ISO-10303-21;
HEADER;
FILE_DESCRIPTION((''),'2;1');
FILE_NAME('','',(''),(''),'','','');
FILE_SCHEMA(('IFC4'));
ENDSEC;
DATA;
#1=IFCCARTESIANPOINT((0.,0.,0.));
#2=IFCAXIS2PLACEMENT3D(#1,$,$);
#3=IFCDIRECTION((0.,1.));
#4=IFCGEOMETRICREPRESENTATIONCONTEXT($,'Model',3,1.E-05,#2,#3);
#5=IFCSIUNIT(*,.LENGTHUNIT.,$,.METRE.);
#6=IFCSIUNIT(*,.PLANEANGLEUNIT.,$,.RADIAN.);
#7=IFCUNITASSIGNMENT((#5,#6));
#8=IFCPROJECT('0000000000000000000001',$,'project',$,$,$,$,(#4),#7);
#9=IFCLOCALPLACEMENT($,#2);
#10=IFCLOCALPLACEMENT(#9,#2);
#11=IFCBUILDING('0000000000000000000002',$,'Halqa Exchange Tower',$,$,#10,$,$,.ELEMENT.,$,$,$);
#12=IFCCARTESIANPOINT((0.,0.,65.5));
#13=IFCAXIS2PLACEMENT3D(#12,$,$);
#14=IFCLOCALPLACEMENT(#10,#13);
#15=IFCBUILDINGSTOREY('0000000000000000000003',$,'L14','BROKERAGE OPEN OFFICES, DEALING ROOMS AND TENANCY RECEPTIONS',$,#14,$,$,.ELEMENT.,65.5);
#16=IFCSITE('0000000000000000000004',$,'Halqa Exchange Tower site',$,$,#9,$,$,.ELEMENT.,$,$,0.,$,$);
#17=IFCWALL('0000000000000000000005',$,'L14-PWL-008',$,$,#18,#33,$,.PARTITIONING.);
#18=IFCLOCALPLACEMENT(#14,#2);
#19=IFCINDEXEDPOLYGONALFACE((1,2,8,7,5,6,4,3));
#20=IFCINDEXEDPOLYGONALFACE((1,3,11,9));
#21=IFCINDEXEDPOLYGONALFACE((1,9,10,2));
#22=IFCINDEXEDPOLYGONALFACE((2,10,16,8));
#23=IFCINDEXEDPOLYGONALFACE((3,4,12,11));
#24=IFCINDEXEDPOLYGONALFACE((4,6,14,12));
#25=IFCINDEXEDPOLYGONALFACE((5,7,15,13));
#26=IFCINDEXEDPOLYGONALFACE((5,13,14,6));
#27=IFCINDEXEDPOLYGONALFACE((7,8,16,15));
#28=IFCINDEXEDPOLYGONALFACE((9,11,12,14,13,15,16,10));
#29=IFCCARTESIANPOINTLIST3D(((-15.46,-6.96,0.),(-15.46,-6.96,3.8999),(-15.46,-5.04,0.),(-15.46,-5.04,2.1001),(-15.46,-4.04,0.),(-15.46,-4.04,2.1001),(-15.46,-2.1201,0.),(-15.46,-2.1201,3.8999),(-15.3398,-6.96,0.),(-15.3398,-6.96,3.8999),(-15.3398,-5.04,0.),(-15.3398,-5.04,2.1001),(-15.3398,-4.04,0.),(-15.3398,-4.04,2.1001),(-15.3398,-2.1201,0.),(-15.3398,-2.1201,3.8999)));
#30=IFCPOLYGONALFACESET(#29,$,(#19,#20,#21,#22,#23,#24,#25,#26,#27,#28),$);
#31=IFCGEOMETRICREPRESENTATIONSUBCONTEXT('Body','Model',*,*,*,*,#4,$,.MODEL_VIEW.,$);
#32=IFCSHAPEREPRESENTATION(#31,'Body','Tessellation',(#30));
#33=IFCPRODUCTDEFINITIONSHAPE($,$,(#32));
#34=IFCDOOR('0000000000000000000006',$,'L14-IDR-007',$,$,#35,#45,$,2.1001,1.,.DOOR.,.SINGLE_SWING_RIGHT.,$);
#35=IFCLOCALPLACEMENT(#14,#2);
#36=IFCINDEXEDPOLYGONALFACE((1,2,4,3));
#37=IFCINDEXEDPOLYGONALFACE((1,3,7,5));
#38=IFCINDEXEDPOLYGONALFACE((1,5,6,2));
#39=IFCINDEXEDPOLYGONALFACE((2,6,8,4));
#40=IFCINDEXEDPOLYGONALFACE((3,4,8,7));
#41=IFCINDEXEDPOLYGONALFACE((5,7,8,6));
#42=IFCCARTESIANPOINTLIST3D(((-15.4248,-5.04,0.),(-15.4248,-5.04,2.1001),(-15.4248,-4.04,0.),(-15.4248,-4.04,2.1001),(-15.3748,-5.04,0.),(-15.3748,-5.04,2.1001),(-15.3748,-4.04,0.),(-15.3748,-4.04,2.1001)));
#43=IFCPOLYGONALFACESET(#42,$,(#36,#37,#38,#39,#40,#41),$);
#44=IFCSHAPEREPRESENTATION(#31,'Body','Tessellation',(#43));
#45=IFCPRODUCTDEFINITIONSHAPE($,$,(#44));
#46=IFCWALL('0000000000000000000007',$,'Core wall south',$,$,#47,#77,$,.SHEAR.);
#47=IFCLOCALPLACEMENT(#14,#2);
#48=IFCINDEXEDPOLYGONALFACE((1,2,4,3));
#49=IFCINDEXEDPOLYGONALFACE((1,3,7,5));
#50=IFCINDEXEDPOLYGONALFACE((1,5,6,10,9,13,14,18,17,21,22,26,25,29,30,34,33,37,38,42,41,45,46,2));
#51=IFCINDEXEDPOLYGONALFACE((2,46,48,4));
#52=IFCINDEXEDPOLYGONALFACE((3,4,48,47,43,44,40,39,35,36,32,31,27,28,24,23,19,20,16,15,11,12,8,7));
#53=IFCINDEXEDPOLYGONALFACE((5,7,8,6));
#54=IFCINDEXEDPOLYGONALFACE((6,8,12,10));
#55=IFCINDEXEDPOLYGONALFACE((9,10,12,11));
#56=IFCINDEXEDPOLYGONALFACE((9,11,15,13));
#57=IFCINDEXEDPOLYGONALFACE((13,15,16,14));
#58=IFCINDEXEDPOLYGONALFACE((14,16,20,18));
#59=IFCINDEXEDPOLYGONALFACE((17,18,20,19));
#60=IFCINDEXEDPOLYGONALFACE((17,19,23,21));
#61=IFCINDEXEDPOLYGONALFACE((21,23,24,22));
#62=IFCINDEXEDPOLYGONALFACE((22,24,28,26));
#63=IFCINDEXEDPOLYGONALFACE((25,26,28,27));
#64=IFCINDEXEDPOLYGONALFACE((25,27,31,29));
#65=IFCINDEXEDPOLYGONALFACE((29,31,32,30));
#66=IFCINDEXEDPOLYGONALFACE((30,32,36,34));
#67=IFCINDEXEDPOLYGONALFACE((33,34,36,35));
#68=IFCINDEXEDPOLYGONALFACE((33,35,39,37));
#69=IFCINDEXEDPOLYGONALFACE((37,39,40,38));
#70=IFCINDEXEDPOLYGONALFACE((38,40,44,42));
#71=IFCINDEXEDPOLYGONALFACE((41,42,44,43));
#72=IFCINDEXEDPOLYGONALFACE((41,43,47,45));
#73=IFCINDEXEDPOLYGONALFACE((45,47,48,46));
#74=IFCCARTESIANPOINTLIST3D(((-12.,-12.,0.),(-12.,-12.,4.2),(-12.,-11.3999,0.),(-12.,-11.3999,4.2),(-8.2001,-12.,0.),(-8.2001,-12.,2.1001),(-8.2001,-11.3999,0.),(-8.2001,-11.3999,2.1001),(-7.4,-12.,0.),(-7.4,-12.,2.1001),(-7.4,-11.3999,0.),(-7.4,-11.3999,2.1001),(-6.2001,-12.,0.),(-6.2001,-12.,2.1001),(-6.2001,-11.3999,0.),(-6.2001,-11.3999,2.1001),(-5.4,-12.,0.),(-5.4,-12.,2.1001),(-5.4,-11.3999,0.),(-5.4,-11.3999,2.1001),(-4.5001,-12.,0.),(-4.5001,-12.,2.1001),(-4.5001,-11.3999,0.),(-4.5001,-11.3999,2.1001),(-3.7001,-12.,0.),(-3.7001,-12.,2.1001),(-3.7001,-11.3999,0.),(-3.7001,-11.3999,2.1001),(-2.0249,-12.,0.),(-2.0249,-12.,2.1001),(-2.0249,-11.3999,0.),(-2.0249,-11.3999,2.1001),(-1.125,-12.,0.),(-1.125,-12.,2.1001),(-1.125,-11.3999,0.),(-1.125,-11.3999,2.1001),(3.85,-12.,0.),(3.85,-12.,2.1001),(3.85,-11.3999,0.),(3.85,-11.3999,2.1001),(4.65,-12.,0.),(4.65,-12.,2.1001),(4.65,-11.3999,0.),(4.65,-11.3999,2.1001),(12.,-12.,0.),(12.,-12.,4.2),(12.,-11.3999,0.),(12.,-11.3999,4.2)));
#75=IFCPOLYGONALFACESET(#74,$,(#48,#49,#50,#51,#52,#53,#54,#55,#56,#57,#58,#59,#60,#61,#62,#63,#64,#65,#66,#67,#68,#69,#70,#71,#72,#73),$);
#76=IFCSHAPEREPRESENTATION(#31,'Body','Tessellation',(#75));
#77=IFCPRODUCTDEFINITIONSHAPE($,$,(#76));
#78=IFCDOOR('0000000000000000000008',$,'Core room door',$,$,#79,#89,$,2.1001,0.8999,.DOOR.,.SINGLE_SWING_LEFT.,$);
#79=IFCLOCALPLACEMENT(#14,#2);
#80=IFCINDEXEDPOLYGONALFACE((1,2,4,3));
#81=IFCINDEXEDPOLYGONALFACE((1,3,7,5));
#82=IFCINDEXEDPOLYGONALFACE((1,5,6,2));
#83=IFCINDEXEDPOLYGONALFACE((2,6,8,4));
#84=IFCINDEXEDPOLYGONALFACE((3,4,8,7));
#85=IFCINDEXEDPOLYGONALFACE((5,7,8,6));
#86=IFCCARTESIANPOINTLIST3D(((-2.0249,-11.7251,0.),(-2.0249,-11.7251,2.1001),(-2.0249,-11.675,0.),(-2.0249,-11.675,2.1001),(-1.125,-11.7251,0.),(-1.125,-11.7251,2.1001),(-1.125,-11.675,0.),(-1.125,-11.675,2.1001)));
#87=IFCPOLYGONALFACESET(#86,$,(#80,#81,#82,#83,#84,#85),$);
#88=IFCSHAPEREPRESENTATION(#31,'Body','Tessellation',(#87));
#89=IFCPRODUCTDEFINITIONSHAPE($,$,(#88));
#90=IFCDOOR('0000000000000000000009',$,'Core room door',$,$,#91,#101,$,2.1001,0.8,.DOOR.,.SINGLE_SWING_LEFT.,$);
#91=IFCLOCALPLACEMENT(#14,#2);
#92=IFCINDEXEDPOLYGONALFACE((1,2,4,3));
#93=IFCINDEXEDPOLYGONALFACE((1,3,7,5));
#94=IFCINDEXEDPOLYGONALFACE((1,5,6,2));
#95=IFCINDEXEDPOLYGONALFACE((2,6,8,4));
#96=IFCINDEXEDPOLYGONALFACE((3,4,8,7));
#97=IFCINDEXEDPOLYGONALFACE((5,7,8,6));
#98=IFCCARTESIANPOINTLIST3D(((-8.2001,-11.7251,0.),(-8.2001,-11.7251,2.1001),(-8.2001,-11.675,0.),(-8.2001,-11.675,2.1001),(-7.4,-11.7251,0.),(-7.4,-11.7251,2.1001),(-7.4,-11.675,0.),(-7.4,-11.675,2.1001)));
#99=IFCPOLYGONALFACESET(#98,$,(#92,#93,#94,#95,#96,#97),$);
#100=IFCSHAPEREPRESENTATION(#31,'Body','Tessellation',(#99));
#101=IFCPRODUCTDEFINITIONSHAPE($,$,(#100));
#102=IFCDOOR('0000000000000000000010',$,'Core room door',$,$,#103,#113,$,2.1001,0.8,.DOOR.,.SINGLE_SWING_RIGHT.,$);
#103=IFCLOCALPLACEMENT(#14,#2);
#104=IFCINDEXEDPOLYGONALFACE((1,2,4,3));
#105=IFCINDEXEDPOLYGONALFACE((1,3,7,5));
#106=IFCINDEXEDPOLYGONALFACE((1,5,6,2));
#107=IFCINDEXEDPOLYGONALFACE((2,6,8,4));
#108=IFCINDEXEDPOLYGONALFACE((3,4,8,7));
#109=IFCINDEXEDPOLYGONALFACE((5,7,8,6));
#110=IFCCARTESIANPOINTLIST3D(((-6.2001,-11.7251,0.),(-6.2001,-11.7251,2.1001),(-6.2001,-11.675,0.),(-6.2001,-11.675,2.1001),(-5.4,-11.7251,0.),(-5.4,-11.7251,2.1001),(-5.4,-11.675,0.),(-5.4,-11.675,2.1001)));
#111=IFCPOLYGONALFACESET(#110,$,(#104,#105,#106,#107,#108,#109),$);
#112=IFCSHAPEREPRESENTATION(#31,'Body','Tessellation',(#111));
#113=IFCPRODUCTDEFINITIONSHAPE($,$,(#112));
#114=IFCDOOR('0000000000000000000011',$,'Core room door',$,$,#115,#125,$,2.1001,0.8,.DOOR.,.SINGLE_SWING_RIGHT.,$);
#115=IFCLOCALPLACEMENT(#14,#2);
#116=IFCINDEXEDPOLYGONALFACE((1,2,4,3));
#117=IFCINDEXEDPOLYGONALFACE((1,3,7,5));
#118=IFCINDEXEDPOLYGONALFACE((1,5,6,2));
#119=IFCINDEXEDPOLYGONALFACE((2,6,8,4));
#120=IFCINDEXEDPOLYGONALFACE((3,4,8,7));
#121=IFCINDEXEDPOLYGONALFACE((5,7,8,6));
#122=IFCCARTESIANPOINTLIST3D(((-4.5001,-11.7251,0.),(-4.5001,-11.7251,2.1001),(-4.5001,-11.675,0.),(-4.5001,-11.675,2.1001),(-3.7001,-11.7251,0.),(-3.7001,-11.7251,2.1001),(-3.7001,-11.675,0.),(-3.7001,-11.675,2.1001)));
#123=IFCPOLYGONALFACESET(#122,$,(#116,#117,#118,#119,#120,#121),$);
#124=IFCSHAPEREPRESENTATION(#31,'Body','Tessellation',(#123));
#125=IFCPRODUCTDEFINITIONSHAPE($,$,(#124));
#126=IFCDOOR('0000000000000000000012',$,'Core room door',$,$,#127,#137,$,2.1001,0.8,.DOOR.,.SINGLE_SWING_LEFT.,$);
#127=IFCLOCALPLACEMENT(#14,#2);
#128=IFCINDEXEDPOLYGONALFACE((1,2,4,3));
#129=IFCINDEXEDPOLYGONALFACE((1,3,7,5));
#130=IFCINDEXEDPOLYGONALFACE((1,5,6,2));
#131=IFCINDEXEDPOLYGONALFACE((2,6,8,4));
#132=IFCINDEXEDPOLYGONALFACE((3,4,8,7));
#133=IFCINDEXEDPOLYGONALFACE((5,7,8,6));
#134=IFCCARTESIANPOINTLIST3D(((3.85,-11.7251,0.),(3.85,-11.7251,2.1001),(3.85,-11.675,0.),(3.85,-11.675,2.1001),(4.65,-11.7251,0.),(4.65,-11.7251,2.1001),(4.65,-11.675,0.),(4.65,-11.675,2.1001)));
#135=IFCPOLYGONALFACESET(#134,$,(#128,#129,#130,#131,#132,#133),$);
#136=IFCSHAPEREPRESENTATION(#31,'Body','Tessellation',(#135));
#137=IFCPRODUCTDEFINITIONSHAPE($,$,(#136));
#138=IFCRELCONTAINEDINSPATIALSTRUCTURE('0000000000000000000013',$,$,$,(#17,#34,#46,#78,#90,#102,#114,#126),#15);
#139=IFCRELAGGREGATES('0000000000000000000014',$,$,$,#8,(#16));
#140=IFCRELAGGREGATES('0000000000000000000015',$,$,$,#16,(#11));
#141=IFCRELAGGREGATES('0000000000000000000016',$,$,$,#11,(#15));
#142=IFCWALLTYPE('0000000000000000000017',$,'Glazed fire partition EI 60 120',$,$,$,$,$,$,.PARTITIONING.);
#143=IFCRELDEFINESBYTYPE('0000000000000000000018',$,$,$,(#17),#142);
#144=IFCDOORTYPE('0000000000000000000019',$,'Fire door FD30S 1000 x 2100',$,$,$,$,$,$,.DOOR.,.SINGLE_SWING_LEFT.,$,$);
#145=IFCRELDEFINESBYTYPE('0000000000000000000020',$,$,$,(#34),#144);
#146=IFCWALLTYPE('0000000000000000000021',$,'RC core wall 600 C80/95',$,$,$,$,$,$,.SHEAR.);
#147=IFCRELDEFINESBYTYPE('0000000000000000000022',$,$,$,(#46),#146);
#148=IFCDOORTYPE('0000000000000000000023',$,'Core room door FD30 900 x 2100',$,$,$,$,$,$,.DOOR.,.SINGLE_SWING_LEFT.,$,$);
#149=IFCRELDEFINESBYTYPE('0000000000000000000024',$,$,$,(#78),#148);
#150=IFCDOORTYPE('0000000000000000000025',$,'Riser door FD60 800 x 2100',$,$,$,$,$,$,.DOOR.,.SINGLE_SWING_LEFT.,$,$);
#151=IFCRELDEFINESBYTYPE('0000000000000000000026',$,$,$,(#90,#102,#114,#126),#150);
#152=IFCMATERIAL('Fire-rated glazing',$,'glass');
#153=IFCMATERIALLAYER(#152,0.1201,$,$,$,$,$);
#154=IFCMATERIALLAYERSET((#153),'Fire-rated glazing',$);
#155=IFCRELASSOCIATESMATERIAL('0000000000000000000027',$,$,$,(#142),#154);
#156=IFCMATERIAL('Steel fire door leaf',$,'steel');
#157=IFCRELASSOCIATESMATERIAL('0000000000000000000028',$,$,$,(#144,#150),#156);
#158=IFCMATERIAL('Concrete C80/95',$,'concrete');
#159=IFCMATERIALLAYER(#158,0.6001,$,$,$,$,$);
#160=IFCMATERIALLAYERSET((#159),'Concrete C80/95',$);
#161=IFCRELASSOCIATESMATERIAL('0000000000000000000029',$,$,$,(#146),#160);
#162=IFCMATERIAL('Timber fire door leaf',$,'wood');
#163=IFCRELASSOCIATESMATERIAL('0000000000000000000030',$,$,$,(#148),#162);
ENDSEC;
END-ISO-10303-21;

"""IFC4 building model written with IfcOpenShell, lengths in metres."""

from ifc_helpers import new_model, si_unit, direction, frame, frame_2d, origin, place, context, subcontext, project, spatial, rectangle, extrude, material, layer, layer_set, type_object, element, fill, save


model = new_model("IFC4")

# Units and contexts
model_context = context("Model", 3, precision=1e-05, world=origin(), true_north=direction((0.0, 1.0)))
body_context = subcontext(model_context, "Body", "Model", "MODEL_VIEW")
ifc_project = project(units=[si_unit("LENGTHUNIT", "METRE"), si_unit("PLANEANGLEUNIT", "RADIAN")], contexts=[model_context])

# Site, building, storey
site_placement = place(None, origin())
site = spatial("IfcSite", under=ifc_project, at=site_placement, Name="Halqa Exchange Tower site", CompositionType="ELEMENT", RefElevation=0.0)
building_placement = place(site_placement, origin())
building = spatial("IfcBuilding", under=site, at=building_placement, Name="Halqa Exchange Tower", CompositionType="ELEMENT")
storey_placement = place(building_placement, frame((0.0, 0.0, 65.5)))
storey = spatial("IfcBuildingStorey", under=building, at=storey_placement, Name="L14", Description="BROKERAGE OPEN OFFICES, DEALING ROOMS AND TENANCY RECEPTIONS", CompositionType="ELEMENT", Elevation=65.5)

# Shared definitions
ifc_material_1 = material(Name="Concrete C80/95", Category="concrete")

# Wall, opening, door
ifc_material_2 = material(Name="Fire-rated glazing", Category="glass")
ifc_layer_1 = layer(ifc_material_2, 0.1201)
ifc_layer_set_1 = layer_set([ifc_layer_1], Name="Fire-rated glazing")
wall_type_1 = type_object("IfcWallType", Name="Glazed fire partition EI 60 120", PredefinedType="PARTITIONING", material=ifc_layer_set_1)
wall_1_placement = place(storey_placement, frame((-15.3999, -6.96, 0.0), z_axis=(0.0, 0.0, 1.0), x_axis=(0.0, 1.0, 0.0)))
wall_1 = element("IfcWall", 1, at=wall_1_placement, inside=storey, type_object=wall_type_1, Name="L14-PWL-008", PredefinedType="PARTITIONING", context=body_context, shape_type="SweptSolid", body=[
    extrude(rectangle(XDim=4.8398, YDim=0.1201, at=frame_2d((2.4199, 0.0))), origin(), (0.0, 0.0, 1.0), 3.8999),
])
opening_1_placement = place(wall_1_placement, frame((1.9199, 0.0, 0.0)))
opening_1 = element("IfcOpeningElement", 2, at=opening_1_placement, cuts=wall_1, PredefinedType="OPENING", context=body_context, shape_type="SweptSolid", body=[
    extrude(rectangle(XDim=1.0, YDim=2.1001, at=frame_2d((0.5, 1.05))), frame((0.0, 0.072, 0.0), z_axis=(0.0, -1.0, 0.0), x_axis=(1.0, 0.0, 0.0)), (0.0, 0.0, 1.0), 0.144),
])
ifc_material_3 = material(Name="Steel fire door leaf", Category="steel")
door_type_1 = type_object("IfcDoorType", Name="Fire door FD30S 1000 x 2100", OperationType="SINGLE_SWING_LEFT", PredefinedType="DOOR", material=ifc_material_3)
door_1_placement = place(opening_1_placement, origin())
door_1 = element("IfcDoor", 3, at=door_1_placement, inside=storey, type_object=door_type_1, Name="L14-IDR-007", OperationType="SINGLE_SWING_RIGHT", OverallHeight=2.1001, OverallWidth=1.0, PredefinedType="DOOR", context=body_context, shape_type="SweptSolid", body=[
    extrude(rectangle(XDim=1.0, YDim=2.1001, at=frame_2d((0.5, 1.05))), frame((0.0, 0.0249, 0.0), z_axis=(0.0, -1.0, 0.0), x_axis=(1.0, 0.0, 0.0)), (0.0, 0.0, 1.0), 0.05),
])
fill(opening_1, door_1)

# Wall, openings, doors
ifc_layer_2 = layer(ifc_material_1, 0.6001)
ifc_layer_set_2 = layer_set([ifc_layer_2], Name="Concrete C80/95")
wall_type_2 = type_object("IfcWallType", Name="RC core wall 600 C80/95", PredefinedType="SHEAR", material=ifc_layer_set_2)
wall_2_placement = place(storey_placement, frame((-12.0, -11.7, 0.0), z_axis=(0.0, 0.0, 1.0), x_axis=(1.0, 0.0, 0.0)))
wall_2 = element("IfcWall", 4, at=wall_2_placement, inside=storey, type_object=wall_type_2, Name="Core wall south", PredefinedType="SHEAR", context=body_context, shape_type="SweptSolid", body=[
    extrude(rectangle(XDim=24.0, YDim=0.6001, at=frame_2d((12.0, 0.0))), origin(), (0.0, 0.0, 1.0), 4.2),
])
opening_2_placement = place(wall_2_placement, frame((9.9751, 0.0, 0.0)))
opening_2 = element("IfcOpeningElement", 5, at=opening_2_placement, cuts=wall_2, PredefinedType="OPENING", context=body_context, shape_type="SweptSolid", body=[
    extrude(rectangle(XDim=0.8999, YDim=2.1001, at=frame_2d((0.45, 1.05))), frame((0.0, 0.312, 0.0), z_axis=(0.0, -1.0, 0.0), x_axis=(1.0, 0.0, 0.0)), (0.0, 0.0, 1.0), 0.624),
])
opening_3_placement = place(wall_2_placement, frame((3.8, 0.0, 0.0)))
opening_3 = element("IfcOpeningElement", 6, at=opening_3_placement, cuts=wall_2, PredefinedType="OPENING", context=body_context, shape_type="SweptSolid", body=[
    extrude(rectangle(XDim=0.8, YDim=2.1001, at=frame_2d((0.3999, 1.05))), frame((0.0, 0.312, 0.0), z_axis=(0.0, -1.0, 0.0), x_axis=(1.0, 0.0, 0.0)), (0.0, 0.0, 1.0), 0.624),
])
opening_4_placement = place(wall_2_placement, frame((5.8, 0.0, 0.0)))
opening_4 = element("IfcOpeningElement", 7, at=opening_4_placement, cuts=wall_2, PredefinedType="OPENING", context=body_context, shape_type="SweptSolid", body=[
    extrude(rectangle(XDim=0.8, YDim=2.1001, at=frame_2d((0.3999, 1.05))), frame((0.0, 0.312, 0.0), z_axis=(0.0, -1.0, 0.0), x_axis=(1.0, 0.0, 0.0)), (0.0, 0.0, 1.0), 0.624),
])
opening_5_placement = place(wall_2_placement, frame((7.5, 0.0, 0.0)))
opening_5 = element("IfcOpeningElement", 8, at=opening_5_placement, cuts=wall_2, PredefinedType="OPENING", context=body_context, shape_type="SweptSolid", body=[
    extrude(rectangle(XDim=0.8, YDim=2.1001, at=frame_2d((0.3999, 1.05))), frame((0.0, 0.312, 0.0), z_axis=(0.0, -1.0, 0.0), x_axis=(1.0, 0.0, 0.0)), (0.0, 0.0, 1.0), 0.624),
])
opening_6_placement = place(wall_2_placement, frame((15.8501, 0.0, 0.0)))
opening_6 = element("IfcOpeningElement", 9, at=opening_6_placement, cuts=wall_2, PredefinedType="OPENING", context=body_context, shape_type="SweptSolid", body=[
    extrude(rectangle(XDim=0.8, YDim=2.1001, at=frame_2d((0.3999, 1.05))), frame((0.0, 0.312, 0.0), z_axis=(0.0, -1.0, 0.0), x_axis=(1.0, 0.0, 0.0)), (0.0, 0.0, 1.0), 0.624),
])
ifc_material_4 = material(Name="Timber fire door leaf", Category="wood")
door_type_2 = type_object("IfcDoorType", Name="Core room door FD30 900 x 2100", OperationType="SINGLE_SWING_LEFT", PredefinedType="DOOR", material=ifc_material_4)
door_2_placement = place(opening_2_placement, origin())
door_2 = element("IfcDoor", 10, at=door_2_placement, inside=storey, type_object=door_type_2, Name="Core room door", OperationType="SINGLE_SWING_LEFT", OverallHeight=2.1001, OverallWidth=0.8999, PredefinedType="DOOR", context=body_context, shape_type="SweptSolid", body=[
    extrude(rectangle(XDim=0.8999, YDim=2.1001, at=frame_2d((0.45, 1.05))), frame((0.0, 0.0249, 0.0), z_axis=(0.0, -1.0, 0.0), x_axis=(1.0, 0.0, 0.0)), (0.0, 0.0, 1.0), 0.05),
])
fill(opening_2, door_2)
door_type_3 = type_object("IfcDoorType", Name="Riser door FD60 800 x 2100", OperationType="SINGLE_SWING_LEFT", PredefinedType="DOOR", material=ifc_material_3)
door_3_placement = place(opening_3_placement, origin())
door_3 = element("IfcDoor", 11, at=door_3_placement, inside=storey, type_object=door_type_3, Name="Core room door", OperationType="SINGLE_SWING_LEFT", OverallHeight=2.1001, OverallWidth=0.8, PredefinedType="DOOR", context=body_context, shape_type="SweptSolid", body=[
    extrude(rectangle(XDim=0.8, YDim=2.1001, at=frame_2d((0.3999, 1.05))), frame((0.0, 0.0249, 0.0), z_axis=(0.0, -1.0, 0.0), x_axis=(1.0, 0.0, 0.0)), (0.0, 0.0, 1.0), 0.05),
])
fill(opening_3, door_3)
door_4_placement = place(opening_4_placement, origin())
door_4 = element("IfcDoor", 12, at=door_4_placement, inside=storey, type_object=door_type_3, Name="Core room door", OperationType="SINGLE_SWING_RIGHT", OverallHeight=2.1001, OverallWidth=0.8, PredefinedType="DOOR", context=body_context, shape_type="SweptSolid", body=[
    extrude(rectangle(XDim=0.8, YDim=2.1001, at=frame_2d((0.3999, 1.05))), frame((0.0, 0.0249, 0.0), z_axis=(0.0, -1.0, 0.0), x_axis=(1.0, 0.0, 0.0)), (0.0, 0.0, 1.0), 0.05),
])
fill(opening_4, door_4)
door_5_placement = place(opening_5_placement, origin())
door_5 = element("IfcDoor", 13, at=door_5_placement, inside=storey, type_object=door_type_3, Name="Core room door", OperationType="SINGLE_SWING_RIGHT", OverallHeight=2.1001, OverallWidth=0.8, PredefinedType="DOOR", context=body_context, shape_type="SweptSolid", body=[
    extrude(rectangle(XDim=0.8, YDim=2.1001, at=frame_2d((0.3999, 1.05))), frame((0.0, 0.0249, 0.0), z_axis=(0.0, -1.0, 0.0), x_axis=(1.0, 0.0, 0.0)), (0.0, 0.0, 1.0), 0.05),
])
fill(opening_5, door_5)
door_6_placement = place(opening_6_placement, origin())
door_6 = element("IfcDoor", 14, at=door_6_placement, inside=storey, type_object=door_type_3, Name="Core room door", OperationType="SINGLE_SWING_LEFT", OverallHeight=2.1001, OverallWidth=0.8, PredefinedType="DOOR", context=body_context, shape_type="SweptSolid", body=[
    extrude(rectangle(XDim=0.8, YDim=2.1001, at=frame_2d((0.3999, 1.05))), frame((0.0, 0.0249, 0.0), z_axis=(0.0, -1.0, 0.0), x_axis=(1.0, 0.0, 0.0)), (0.0, 0.0, 1.0), 0.05),
])
fill(opening_6, door_6)

save(model, "model.ifc")
